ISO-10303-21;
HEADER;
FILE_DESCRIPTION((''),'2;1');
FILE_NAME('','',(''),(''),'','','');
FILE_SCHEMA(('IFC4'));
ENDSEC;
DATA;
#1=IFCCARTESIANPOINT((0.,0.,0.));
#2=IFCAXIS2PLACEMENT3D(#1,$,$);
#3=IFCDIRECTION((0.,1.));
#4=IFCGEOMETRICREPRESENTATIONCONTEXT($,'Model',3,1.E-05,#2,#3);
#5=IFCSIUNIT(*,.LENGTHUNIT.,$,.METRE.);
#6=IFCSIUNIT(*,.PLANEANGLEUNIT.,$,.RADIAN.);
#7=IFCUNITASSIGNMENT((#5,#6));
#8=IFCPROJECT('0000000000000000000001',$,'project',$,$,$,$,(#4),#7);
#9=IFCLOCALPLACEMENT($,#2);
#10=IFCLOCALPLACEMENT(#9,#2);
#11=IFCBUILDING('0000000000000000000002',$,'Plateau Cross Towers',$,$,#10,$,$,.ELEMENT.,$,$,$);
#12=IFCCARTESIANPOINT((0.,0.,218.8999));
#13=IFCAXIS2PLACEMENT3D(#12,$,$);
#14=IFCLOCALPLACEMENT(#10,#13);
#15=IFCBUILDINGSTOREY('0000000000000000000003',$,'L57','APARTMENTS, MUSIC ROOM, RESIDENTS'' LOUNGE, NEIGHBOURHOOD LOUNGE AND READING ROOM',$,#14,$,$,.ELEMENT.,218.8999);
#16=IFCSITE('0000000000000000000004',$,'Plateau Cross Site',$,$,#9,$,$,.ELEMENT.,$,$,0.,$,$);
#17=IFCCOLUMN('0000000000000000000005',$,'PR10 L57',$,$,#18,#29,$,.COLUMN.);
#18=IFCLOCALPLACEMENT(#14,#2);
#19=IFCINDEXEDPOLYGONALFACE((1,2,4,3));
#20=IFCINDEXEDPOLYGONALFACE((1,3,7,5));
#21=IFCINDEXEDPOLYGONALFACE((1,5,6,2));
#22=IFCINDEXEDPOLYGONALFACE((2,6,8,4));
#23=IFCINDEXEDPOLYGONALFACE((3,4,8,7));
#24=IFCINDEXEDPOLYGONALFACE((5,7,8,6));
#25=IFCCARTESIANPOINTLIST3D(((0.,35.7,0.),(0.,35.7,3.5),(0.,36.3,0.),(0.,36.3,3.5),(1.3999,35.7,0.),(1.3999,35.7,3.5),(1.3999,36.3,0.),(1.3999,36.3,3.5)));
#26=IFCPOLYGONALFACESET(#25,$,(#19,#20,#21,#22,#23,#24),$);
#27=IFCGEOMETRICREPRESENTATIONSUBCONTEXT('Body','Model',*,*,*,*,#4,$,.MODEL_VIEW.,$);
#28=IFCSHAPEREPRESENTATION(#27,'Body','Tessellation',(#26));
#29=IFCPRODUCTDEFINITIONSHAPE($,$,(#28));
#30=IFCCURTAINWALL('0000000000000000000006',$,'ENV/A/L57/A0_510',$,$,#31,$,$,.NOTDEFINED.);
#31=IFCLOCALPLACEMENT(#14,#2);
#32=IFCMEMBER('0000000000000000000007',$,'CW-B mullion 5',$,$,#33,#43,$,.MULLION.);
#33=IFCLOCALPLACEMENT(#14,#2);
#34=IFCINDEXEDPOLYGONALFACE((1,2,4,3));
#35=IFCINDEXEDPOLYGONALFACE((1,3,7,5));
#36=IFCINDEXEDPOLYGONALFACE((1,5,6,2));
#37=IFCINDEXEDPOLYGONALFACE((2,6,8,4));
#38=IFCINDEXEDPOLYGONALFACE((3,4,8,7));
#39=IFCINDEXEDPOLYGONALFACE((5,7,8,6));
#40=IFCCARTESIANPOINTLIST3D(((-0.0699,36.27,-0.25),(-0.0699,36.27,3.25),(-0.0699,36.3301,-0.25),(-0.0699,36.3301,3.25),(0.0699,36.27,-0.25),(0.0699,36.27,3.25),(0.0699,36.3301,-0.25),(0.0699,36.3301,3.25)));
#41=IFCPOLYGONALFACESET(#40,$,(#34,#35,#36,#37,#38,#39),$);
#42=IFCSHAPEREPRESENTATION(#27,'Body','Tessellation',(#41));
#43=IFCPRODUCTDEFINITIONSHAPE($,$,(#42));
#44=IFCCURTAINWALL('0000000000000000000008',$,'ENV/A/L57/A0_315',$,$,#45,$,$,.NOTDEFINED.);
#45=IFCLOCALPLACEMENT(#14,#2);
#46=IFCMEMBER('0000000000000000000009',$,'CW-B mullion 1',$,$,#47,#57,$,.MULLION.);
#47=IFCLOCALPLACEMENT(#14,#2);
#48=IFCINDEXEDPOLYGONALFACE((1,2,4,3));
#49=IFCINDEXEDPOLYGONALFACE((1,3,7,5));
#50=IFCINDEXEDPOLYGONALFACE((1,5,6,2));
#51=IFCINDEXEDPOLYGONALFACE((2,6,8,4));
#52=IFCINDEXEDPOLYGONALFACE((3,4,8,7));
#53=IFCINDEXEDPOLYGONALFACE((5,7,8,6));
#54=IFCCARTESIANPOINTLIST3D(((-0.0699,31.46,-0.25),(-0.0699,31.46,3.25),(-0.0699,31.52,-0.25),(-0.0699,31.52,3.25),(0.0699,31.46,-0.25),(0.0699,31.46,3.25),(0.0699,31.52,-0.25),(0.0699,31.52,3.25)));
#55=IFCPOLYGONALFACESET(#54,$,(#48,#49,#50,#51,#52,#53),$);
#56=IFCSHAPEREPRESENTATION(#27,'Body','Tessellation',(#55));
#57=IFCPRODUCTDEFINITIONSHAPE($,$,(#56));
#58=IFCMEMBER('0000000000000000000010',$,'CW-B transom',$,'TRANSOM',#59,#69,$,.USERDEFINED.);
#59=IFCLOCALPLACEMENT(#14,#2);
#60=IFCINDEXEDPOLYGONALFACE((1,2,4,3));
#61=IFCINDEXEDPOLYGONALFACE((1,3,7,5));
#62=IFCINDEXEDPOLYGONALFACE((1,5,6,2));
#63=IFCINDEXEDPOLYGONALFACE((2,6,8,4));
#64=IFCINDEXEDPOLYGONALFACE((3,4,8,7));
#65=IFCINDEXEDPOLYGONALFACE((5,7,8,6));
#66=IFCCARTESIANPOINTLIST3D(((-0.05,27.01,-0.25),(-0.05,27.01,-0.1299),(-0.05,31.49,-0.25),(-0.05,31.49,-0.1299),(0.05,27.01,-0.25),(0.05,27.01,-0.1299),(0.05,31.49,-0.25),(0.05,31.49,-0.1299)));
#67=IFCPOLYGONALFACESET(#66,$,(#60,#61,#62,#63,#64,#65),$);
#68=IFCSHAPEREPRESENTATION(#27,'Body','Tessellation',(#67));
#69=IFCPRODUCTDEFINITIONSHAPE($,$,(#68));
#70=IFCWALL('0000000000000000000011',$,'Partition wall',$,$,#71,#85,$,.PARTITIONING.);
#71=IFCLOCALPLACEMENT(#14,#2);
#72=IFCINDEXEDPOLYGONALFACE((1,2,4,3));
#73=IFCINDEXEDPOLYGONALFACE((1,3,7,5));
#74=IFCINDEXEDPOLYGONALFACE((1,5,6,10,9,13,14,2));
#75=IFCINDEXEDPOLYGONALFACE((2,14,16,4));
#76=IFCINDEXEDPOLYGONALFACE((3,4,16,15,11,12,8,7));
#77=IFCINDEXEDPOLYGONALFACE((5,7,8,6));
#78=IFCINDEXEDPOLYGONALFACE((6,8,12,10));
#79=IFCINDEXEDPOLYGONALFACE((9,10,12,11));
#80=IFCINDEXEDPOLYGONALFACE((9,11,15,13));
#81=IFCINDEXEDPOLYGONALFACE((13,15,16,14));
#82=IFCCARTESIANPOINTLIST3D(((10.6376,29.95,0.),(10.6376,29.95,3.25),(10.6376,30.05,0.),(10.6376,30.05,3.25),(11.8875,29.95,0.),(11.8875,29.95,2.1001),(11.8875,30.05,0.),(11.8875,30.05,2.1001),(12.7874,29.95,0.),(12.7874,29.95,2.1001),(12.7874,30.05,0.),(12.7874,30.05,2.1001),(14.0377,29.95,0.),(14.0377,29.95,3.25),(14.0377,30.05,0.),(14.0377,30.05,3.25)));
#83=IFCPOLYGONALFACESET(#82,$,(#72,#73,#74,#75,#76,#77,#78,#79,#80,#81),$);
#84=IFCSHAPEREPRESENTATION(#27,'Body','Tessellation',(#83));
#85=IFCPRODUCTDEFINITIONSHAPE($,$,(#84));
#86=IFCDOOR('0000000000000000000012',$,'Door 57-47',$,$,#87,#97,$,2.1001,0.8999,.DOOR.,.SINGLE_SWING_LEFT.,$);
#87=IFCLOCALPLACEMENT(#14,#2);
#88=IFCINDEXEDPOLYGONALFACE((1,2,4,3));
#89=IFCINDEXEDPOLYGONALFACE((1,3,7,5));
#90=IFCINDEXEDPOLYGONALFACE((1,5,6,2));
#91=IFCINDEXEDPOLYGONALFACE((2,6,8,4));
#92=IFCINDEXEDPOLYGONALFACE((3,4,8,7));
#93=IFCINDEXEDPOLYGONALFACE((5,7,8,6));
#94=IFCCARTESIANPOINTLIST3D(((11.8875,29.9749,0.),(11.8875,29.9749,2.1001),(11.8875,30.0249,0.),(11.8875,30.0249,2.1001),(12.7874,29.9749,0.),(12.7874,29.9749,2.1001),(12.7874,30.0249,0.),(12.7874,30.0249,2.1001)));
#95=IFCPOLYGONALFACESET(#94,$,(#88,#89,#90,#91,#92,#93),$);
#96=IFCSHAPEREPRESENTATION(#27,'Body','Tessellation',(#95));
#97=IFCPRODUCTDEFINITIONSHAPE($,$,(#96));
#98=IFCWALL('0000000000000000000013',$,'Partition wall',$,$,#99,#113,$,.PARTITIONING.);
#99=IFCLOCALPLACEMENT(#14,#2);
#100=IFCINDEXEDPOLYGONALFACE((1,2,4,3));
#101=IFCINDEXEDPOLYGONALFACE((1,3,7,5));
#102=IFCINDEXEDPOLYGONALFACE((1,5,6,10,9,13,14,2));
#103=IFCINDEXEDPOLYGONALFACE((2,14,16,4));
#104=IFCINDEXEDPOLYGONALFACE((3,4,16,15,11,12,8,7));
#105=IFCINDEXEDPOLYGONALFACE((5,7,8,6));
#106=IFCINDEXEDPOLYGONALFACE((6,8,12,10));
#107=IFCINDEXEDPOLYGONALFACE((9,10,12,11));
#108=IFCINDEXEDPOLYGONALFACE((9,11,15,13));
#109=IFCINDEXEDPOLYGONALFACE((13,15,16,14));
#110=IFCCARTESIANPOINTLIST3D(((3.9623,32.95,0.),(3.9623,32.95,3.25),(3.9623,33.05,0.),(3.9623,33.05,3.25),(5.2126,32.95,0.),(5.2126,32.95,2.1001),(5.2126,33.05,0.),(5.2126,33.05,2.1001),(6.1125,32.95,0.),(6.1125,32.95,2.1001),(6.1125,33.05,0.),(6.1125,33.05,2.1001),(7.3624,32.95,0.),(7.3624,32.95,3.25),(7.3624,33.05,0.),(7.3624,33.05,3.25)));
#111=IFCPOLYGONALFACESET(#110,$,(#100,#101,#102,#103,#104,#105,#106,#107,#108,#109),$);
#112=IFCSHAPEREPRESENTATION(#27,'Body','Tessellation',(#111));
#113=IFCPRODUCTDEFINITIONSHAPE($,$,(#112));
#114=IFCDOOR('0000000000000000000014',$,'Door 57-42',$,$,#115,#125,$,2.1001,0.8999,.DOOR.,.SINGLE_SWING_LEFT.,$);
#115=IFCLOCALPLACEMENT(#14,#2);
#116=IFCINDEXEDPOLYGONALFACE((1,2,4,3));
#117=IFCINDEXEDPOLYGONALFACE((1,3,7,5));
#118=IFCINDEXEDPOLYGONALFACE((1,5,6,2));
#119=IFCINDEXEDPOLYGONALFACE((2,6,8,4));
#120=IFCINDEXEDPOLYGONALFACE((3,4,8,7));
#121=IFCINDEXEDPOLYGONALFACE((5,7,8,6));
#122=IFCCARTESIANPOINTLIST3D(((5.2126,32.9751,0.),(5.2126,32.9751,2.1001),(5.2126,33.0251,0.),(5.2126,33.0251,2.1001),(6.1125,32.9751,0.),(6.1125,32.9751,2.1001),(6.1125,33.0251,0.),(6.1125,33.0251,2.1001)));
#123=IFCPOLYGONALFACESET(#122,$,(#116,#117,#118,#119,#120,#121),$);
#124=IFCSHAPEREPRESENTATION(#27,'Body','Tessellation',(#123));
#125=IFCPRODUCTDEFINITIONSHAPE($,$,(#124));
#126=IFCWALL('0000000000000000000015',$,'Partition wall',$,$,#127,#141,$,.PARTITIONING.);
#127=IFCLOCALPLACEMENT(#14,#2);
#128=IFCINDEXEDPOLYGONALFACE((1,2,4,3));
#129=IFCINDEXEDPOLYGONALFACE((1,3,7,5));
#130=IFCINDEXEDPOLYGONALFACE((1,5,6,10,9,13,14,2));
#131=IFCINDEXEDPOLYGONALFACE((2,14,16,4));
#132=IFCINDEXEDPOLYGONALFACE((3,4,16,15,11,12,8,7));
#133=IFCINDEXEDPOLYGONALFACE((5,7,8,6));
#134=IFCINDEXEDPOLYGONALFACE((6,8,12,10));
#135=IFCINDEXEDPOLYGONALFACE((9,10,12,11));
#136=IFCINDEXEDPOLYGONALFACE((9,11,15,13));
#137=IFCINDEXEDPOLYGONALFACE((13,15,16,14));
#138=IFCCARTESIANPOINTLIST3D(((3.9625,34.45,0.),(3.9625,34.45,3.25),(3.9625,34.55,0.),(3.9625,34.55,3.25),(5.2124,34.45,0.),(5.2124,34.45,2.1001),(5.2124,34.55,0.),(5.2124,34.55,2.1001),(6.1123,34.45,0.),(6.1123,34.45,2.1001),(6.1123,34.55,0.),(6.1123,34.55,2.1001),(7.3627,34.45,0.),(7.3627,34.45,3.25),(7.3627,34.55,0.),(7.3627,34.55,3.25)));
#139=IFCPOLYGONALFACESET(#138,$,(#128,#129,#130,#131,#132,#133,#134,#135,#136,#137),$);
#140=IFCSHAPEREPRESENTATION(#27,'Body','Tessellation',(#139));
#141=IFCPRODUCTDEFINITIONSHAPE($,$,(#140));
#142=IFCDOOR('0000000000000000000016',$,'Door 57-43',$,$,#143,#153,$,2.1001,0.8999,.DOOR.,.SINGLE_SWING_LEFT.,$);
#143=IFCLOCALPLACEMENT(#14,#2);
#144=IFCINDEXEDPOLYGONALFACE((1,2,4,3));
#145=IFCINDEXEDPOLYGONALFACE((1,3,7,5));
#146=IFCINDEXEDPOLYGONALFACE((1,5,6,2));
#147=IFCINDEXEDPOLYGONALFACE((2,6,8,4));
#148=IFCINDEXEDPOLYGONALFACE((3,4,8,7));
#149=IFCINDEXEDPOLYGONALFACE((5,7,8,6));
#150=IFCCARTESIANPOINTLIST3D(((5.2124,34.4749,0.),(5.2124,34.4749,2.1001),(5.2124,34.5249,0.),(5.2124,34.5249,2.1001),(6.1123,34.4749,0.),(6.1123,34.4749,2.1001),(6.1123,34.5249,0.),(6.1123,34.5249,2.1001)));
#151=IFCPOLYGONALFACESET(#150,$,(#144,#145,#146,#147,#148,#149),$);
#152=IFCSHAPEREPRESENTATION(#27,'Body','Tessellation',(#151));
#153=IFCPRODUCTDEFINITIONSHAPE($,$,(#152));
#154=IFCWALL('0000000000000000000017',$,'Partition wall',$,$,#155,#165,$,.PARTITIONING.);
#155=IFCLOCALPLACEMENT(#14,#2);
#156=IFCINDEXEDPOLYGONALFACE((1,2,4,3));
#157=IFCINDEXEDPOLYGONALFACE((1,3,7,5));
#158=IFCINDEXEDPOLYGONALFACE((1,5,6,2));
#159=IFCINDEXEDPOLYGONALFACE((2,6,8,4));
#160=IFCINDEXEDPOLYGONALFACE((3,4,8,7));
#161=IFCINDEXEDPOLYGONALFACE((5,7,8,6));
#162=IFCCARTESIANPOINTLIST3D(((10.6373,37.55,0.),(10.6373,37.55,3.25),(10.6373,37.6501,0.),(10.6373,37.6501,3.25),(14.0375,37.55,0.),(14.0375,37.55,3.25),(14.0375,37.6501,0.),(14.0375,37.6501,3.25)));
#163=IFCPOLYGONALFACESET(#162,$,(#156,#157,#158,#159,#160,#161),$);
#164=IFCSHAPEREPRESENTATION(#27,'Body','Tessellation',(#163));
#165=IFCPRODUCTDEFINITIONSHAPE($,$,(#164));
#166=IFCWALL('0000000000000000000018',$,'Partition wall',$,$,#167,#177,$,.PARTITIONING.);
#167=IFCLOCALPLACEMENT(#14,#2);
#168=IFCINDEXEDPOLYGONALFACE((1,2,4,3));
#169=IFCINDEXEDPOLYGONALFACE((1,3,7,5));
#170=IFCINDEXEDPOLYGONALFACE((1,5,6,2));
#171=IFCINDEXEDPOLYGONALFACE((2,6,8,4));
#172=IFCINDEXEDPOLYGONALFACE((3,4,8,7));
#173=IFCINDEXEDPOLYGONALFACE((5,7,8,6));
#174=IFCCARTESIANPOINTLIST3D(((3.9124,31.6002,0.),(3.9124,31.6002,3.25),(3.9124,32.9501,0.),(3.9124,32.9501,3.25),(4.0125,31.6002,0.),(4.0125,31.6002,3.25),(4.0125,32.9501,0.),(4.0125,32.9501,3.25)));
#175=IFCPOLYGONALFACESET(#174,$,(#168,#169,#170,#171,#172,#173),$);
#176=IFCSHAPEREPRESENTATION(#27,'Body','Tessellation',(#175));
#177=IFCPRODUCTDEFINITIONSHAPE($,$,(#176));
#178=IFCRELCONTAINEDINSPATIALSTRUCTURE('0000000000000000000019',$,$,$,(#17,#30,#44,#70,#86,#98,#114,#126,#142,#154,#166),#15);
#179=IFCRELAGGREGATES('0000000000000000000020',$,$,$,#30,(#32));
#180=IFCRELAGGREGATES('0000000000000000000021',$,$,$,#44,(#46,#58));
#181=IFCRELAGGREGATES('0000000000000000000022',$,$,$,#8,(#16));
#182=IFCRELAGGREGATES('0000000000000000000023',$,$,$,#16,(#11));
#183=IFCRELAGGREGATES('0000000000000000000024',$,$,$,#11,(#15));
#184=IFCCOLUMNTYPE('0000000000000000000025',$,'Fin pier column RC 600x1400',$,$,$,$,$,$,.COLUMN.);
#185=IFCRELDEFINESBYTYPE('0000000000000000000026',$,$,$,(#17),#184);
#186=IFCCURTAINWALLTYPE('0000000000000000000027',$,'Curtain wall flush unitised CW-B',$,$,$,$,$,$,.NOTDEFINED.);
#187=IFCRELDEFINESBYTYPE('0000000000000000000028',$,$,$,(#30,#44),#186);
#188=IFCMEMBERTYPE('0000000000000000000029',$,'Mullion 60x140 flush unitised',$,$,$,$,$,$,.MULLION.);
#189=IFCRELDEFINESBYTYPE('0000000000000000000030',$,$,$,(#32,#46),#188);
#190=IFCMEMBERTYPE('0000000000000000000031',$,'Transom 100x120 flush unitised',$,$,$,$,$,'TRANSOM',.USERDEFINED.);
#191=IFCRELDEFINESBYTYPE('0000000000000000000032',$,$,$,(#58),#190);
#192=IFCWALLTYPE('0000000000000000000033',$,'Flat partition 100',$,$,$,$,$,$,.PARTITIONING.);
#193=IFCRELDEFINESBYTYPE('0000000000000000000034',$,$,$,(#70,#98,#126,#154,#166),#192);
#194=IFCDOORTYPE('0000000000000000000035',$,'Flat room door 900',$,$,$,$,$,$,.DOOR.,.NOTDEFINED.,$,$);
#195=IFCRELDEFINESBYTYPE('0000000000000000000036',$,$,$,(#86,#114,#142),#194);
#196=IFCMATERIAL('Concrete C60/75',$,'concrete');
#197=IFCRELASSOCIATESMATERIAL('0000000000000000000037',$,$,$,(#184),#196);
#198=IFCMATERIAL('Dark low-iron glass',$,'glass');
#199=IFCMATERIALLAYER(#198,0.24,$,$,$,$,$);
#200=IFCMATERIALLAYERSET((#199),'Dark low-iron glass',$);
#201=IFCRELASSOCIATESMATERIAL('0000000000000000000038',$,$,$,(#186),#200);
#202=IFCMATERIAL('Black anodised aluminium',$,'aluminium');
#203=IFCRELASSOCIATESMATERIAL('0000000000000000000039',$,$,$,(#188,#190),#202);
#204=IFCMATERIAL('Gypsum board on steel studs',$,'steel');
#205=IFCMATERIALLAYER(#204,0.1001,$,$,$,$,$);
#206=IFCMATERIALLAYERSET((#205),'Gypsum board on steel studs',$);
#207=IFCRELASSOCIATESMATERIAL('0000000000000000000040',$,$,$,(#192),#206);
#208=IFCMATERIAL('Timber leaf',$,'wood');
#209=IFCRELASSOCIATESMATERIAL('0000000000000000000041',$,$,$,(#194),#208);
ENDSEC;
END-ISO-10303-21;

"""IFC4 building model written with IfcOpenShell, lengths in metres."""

from ifc_helpers import new_model, si_unit, direction, frame, frame_2d, origin, origin_2d, place, context, subcontext, project, spatial, rectangle, extrude, material, layer, layer_set, material_profile, profile_set, type_object, element, fill, aggregate, save


model = new_model("IFC4")

# Units and contexts
model_context = context("Model", 3, precision=1e-05, world=origin(), true_north=direction((0.0, 1.0)))
body_context = subcontext(model_context, "Body", "Model", "MODEL_VIEW")
ifc_project = project(units=[si_unit("LENGTHUNIT", "METRE"), si_unit("PLANEANGLEUNIT", "RADIAN")], contexts=[model_context])

# Site, building, storey
site_placement = place(None, origin())
site = spatial("IfcSite", under=ifc_project, at=site_placement, Name="Plateau Cross Site", CompositionType="ELEMENT", RefElevation=0.0)
building_placement = place(site_placement, origin())
building = spatial("IfcBuilding", under=site, at=building_placement, Name="Plateau Cross Towers", CompositionType="ELEMENT")
storey_placement = place(building_placement, frame((0.0, 0.0, 218.8999)))
storey = spatial("IfcBuildingStorey", under=building, at=storey_placement, Name="L57", Description="APARTMENTS, MUSIC ROOM, RESIDENTS' LOUNGE, NEIGHBOURHOOD LOUNGE AND READING ROOM", CompositionType="ELEMENT", Elevation=218.8999)

# Column
ifc_material_1 = material(Name="Concrete C60/75", Category="concrete")
ifc_material_profile_1 = material_profile(ifc_material_1, rectangle(XDim=0.6001, YDim=1.3999, at=origin_2d()), Name="RC 600x1400")
ifc_profile_set_1 = profile_set([ifc_material_profile_1], Name="Concrete C60/75")
column_type = type_object("IfcColumnType", Name="Fin pier column RC 600x1400", PredefinedType="COLUMN", material=ifc_profile_set_1)
column_placement = place(storey_placement, frame((0.7, 36.0, 0.0), z_axis=(0.0, 0.0, 1.0), x_axis=(0.0, 1.0, 0.0)))
element("IfcColumn", 1, at=column_placement, inside=storey, type_object=column_type, Name="PR10 L57", PredefinedType="COLUMN", context=body_context, shape_type="SweptSolid", body=[
    extrude(rectangle(XDim=0.6001, YDim=1.3999, at=origin_2d()), origin(), (0.0, 0.0, 1.0), 3.5),
])

# Curtain wall, member
ifc_material_2 = material(Name="Dark low-iron glass", Category="glass")
ifc_layer_1 = layer(ifc_material_2, 0.24)
ifc_layer_set_1 = layer_set([ifc_layer_1], Name="Dark low-iron glass")
curtain_wall_type = type_object("IfcCurtainWallType", Name="Curtain wall flush unitised CW-B", PredefinedType="NOTDEFINED", material=ifc_layer_set_1)
curtain_wall_1_placement = place(storey_placement, origin())
curtain_wall_1 = element("IfcCurtainWall", 2, at=curtain_wall_1_placement, inside=storey, type_object=curtain_wall_type, Name="ENV/A/L57/A0_510", PredefinedType="NOTDEFINED")
ifc_material_3 = material(Name="Black anodised aluminium", Category="aluminium")
ifc_material_profile_2 = material_profile(ifc_material_3, rectangle(XDim=0.0601, YDim=0.1399, at=origin_2d()), Name="MULLION 60x140")
ifc_profile_set_2 = profile_set([ifc_material_profile_2], Name="Black anodised aluminium")
member_type_1 = type_object("IfcMemberType", Name="Mullion 60x140 flush unitised", PredefinedType="MULLION", material=ifc_profile_set_2)
member_1_placement = place(storey_placement, frame((0.0, 36.3, -0.25), z_axis=(0.0, 0.0, 1.0), x_axis=(0.0, -1.0, 0.0)))
member_1 = element("IfcMember", 3, at=member_1_placement, type_object=member_type_1, Name="CW-B mullion 5", PredefinedType="MULLION", context=body_context, shape_type="SweptSolid", body=[
    extrude(rectangle(XDim=0.0601, YDim=0.1399, at=origin_2d()), origin(), (0.0, 0.0, 1.0), 3.5),
])
aggregate(curtain_wall_1, [member_1])

# Curtain wall, members
curtain_wall_2_placement = place(storey_placement, origin())
curtain_wall_2 = element("IfcCurtainWall", 4, at=curtain_wall_2_placement, inside=storey, type_object=curtain_wall_type, Name="ENV/A/L57/A0_315", PredefinedType="NOTDEFINED")
member_2_placement = place(storey_placement, frame((0.0, 31.49, -0.25), z_axis=(0.0, 0.0, 1.0), x_axis=(0.0, -1.0, 0.0)))
member_2 = element("IfcMember", 5, at=member_2_placement, type_object=member_type_1, Name="CW-B mullion 1", PredefinedType="MULLION", context=body_context, shape_type="SweptSolid", body=[
    extrude(rectangle(XDim=0.0601, YDim=0.1399, at=origin_2d()), origin(), (0.0, 0.0, 1.0), 3.5),
])
ifc_material_profile_3 = material_profile(ifc_material_3, rectangle(XDim=0.1001, YDim=0.1201, at=origin_2d()), Name="TRANSOM 100x120")
ifc_profile_set_3 = profile_set([ifc_material_profile_3], Name="Black anodised aluminium")
member_type_2 = type_object("IfcMemberType", Name="Transom 100x120 flush unitised", ElementType="TRANSOM", PredefinedType="USERDEFINED", material=ifc_profile_set_3)
member_3_placement = place(storey_placement, frame((0.0, 31.49, -0.1899), z_axis=(0.0, -1.0, 0.0), x_axis=(1.0, 0.0, 0.0)))
member_3 = element("IfcMember", 6, at=member_3_placement, type_object=member_type_2, Name="CW-B transom", ObjectType="TRANSOM", PredefinedType="USERDEFINED", context=body_context, shape_type="SweptSolid", body=[
    extrude(rectangle(XDim=0.1001, YDim=0.1201, at=origin_2d()), origin(), (0.0, 0.0, 1.0), 4.48),
])
aggregate(curtain_wall_2, [member_2, member_3])

# Walls, openings, doors
ifc_material_4 = material(Name="Gypsum board on steel studs", Category="steel")
ifc_layer_2 = layer(ifc_material_4, 0.1001)
ifc_layer_set_2 = layer_set([ifc_layer_2], Name="Gypsum board on steel studs")
wall_type_1 = type_object("IfcWallType", Name="Flat partition 100", PredefinedType="PARTITIONING", material=ifc_layer_set_2)
wall_1_placement = place(storey_placement, frame((10.6375, 30.0, 0.0), z_axis=(0.0, 0.0, 1.0), x_axis=(1.0, 0.0, 0.0)))
wall_1 = element("IfcWall", 7, at=wall_1_placement, inside=storey, type_object=wall_type_1, Name="Partition wall", PredefinedType="PARTITIONING", context=body_context, shape_type="SweptSolid", body=[
    extrude(rectangle(XDim=3.4001, YDim=0.1001, at=frame_2d((1.7002, 0.0))), origin(), (0.0, 0.0, 1.0), 3.25),
])
opening_1_placement = place(wall_1_placement, frame((1.25, 0.0, 0.0)))
opening_1 = element("IfcOpeningElement", 8, at=opening_1_placement, cuts=wall_1, PredefinedType="OPENING", context=body_context, shape_type="SweptSolid", body=[
    extrude(rectangle(XDim=0.8999, YDim=2.1001, at=frame_2d((0.45, 1.05))), frame((0.0, 0.0601, 0.0), z_axis=(0.0, -1.0, 0.0), x_axis=(1.0, 0.0, 0.0)), (0.0, 0.0, 1.0), 0.1201),
])
ifc_material_5 = material(Name="Timber leaf", Category="wood")
door_type_1 = type_object("IfcDoorType", Name="Flat room door 900", OperationType="NOTDEFINED", PredefinedType="DOOR", material=ifc_material_5)
door_1_placement = place(opening_1_placement, origin())
door_1 = element("IfcDoor", 9, at=door_1_placement, inside=storey, type_object=door_type_1, Name="Door 57-47", OperationType="SINGLE_SWING_LEFT", OverallHeight=2.1001, OverallWidth=0.8999, PredefinedType="DOOR", context=body_context, shape_type="SweptSolid", body=[
    extrude(rectangle(XDim=0.8999, YDim=2.1001, at=frame_2d((0.45, 1.05))), frame((0.0, 0.0249, 0.0), z_axis=(0.0, -1.0, 0.0), x_axis=(1.0, 0.0, 0.0)), (0.0, 0.0, 1.0), 0.05),
])
fill(opening_1, door_1)
wall_2_placement = place(storey_placement, frame((7.3625, 33.0, 0.0), z_axis=(0.0, 0.0, 1.0), x_axis=(-1.0, 0.0, 0.0)))
wall_2 = element("IfcWall", 10, at=wall_2_placement, inside=storey, type_object=wall_type_1, Name="Partition wall", PredefinedType="PARTITIONING", context=body_context, shape_type="SweptSolid", body=[
    extrude(rectangle(XDim=3.4001, YDim=0.1001, at=frame_2d((1.7002, 0.0))), origin(), (0.0, 0.0, 1.0), 3.25),
])
opening_2_placement = place(wall_2_placement, frame((1.25, 0.0, 0.0)))
opening_2 = element("IfcOpeningElement", 11, at=opening_2_placement, cuts=wall_2, PredefinedType="OPENING", context=body_context, shape_type="SweptSolid", body=[
    extrude(rectangle(XDim=0.8999, YDim=2.1001, at=frame_2d((0.45, 1.05))), frame((0.0, 0.0601, 0.0), z_axis=(0.0, -1.0, 0.0), x_axis=(1.0, 0.0, 0.0)), (0.0, 0.0, 1.0), 0.1201),
])
door_2_placement = place(opening_2_placement, origin())
door_2 = element("IfcDoor", 12, at=door_2_placement, inside=storey, type_object=door_type_1, Name="Door 57-42", OperationType="SINGLE_SWING_LEFT", OverallHeight=2.1001, OverallWidth=0.8999, PredefinedType="DOOR", context=body_context, shape_type="SweptSolid", body=[
    extrude(rectangle(XDim=0.8999, YDim=2.1001, at=frame_2d((0.45, 1.05))), frame((0.0, 0.0249, 0.0), z_axis=(0.0, -1.0, 0.0), x_axis=(1.0, 0.0, 0.0)), (0.0, 0.0, 1.0), 0.05),
])
fill(opening_2, door_2)
wall_3_placement = place(storey_placement, frame((3.9624, 34.5, 0.0), z_axis=(0.0, 0.0, 1.0), x_axis=(1.0, 0.0, 0.0)))
wall_3 = element("IfcWall", 13, at=wall_3_placement, inside=storey, type_object=wall_type_1, Name="Partition wall", PredefinedType="PARTITIONING", context=body_context, shape_type="SweptSolid", body=[
    extrude(rectangle(XDim=3.4001, YDim=0.1001, at=frame_2d((1.7002, 0.0))), origin(), (0.0, 0.0, 1.0), 3.25),
])
opening_3_placement = place(wall_3_placement, frame((1.25, 0.0, 0.0)))
opening_3 = element("IfcOpeningElement", 14, at=opening_3_placement, cuts=wall_3, PredefinedType="OPENING", context=body_context, shape_type="SweptSolid", body=[
    extrude(rectangle(XDim=0.8999, YDim=2.1001, at=frame_2d((0.45, 1.05))), frame((0.0, 0.0601, 0.0), z_axis=(0.0, -1.0, 0.0), x_axis=(1.0, 0.0, 0.0)), (0.0, 0.0, 1.0), 0.1201),
])
door_3_placement = place(opening_3_placement, origin())
door_3 = element("IfcDoor", 15, at=door_3_placement, inside=storey, type_object=door_type_1, Name="Door 57-43", OperationType="SINGLE_SWING_LEFT", OverallHeight=2.1001, OverallWidth=0.8999, PredefinedType="DOOR", context=body_context, shape_type="SweptSolid", body=[
    extrude(rectangle(XDim=0.8999, YDim=2.1001, at=frame_2d((0.45, 1.05))), frame((0.0, 0.0249, 0.0), z_axis=(0.0, -1.0, 0.0), x_axis=(1.0, 0.0, 0.0)), (0.0, 0.0, 1.0), 0.05),
])
fill(opening_3, door_3)

# Walls
wall_4_placement = place(storey_placement, frame((14.0376, 37.6001, 0.0), z_axis=(0.0, 0.0, 1.0), x_axis=(-1.0, 0.0, 0.0)))
element("IfcWall", 16, at=wall_4_placement, inside=storey, type_object=wall_type_1, Name="Partition wall", PredefinedType="PARTITIONING", context=body_context, shape_type="SweptSolid", body=[
    extrude(rectangle(XDim=3.4001, YDim=0.1001, at=frame_2d((1.7002, 0.0))), origin(), (0.0, 0.0, 1.0), 3.25),
])
for number, where, z_axis, x_axis, name in (
    (17, (3.9624, 32.95, 0.0), (0.0, 0.0, 1.0), (0.0, -1.0, 0.0), "Partition wall"),
):
    element("IfcWall", number, at=place(storey_placement, frame(where, z_axis=z_axis, x_axis=x_axis)), inside=storey, type_object=wall_type_1, Name=name, PredefinedType="PARTITIONING", context=body_context, shape_type="SweptSolid", body=[
        extrude(rectangle(XDim=1.3499, YDim=0.1001, at=frame_2d((0.6748, 0.0))), origin(), (0.0, 0.0, 1.0), 3.25),
    ])

save(model, "model.ifc")
